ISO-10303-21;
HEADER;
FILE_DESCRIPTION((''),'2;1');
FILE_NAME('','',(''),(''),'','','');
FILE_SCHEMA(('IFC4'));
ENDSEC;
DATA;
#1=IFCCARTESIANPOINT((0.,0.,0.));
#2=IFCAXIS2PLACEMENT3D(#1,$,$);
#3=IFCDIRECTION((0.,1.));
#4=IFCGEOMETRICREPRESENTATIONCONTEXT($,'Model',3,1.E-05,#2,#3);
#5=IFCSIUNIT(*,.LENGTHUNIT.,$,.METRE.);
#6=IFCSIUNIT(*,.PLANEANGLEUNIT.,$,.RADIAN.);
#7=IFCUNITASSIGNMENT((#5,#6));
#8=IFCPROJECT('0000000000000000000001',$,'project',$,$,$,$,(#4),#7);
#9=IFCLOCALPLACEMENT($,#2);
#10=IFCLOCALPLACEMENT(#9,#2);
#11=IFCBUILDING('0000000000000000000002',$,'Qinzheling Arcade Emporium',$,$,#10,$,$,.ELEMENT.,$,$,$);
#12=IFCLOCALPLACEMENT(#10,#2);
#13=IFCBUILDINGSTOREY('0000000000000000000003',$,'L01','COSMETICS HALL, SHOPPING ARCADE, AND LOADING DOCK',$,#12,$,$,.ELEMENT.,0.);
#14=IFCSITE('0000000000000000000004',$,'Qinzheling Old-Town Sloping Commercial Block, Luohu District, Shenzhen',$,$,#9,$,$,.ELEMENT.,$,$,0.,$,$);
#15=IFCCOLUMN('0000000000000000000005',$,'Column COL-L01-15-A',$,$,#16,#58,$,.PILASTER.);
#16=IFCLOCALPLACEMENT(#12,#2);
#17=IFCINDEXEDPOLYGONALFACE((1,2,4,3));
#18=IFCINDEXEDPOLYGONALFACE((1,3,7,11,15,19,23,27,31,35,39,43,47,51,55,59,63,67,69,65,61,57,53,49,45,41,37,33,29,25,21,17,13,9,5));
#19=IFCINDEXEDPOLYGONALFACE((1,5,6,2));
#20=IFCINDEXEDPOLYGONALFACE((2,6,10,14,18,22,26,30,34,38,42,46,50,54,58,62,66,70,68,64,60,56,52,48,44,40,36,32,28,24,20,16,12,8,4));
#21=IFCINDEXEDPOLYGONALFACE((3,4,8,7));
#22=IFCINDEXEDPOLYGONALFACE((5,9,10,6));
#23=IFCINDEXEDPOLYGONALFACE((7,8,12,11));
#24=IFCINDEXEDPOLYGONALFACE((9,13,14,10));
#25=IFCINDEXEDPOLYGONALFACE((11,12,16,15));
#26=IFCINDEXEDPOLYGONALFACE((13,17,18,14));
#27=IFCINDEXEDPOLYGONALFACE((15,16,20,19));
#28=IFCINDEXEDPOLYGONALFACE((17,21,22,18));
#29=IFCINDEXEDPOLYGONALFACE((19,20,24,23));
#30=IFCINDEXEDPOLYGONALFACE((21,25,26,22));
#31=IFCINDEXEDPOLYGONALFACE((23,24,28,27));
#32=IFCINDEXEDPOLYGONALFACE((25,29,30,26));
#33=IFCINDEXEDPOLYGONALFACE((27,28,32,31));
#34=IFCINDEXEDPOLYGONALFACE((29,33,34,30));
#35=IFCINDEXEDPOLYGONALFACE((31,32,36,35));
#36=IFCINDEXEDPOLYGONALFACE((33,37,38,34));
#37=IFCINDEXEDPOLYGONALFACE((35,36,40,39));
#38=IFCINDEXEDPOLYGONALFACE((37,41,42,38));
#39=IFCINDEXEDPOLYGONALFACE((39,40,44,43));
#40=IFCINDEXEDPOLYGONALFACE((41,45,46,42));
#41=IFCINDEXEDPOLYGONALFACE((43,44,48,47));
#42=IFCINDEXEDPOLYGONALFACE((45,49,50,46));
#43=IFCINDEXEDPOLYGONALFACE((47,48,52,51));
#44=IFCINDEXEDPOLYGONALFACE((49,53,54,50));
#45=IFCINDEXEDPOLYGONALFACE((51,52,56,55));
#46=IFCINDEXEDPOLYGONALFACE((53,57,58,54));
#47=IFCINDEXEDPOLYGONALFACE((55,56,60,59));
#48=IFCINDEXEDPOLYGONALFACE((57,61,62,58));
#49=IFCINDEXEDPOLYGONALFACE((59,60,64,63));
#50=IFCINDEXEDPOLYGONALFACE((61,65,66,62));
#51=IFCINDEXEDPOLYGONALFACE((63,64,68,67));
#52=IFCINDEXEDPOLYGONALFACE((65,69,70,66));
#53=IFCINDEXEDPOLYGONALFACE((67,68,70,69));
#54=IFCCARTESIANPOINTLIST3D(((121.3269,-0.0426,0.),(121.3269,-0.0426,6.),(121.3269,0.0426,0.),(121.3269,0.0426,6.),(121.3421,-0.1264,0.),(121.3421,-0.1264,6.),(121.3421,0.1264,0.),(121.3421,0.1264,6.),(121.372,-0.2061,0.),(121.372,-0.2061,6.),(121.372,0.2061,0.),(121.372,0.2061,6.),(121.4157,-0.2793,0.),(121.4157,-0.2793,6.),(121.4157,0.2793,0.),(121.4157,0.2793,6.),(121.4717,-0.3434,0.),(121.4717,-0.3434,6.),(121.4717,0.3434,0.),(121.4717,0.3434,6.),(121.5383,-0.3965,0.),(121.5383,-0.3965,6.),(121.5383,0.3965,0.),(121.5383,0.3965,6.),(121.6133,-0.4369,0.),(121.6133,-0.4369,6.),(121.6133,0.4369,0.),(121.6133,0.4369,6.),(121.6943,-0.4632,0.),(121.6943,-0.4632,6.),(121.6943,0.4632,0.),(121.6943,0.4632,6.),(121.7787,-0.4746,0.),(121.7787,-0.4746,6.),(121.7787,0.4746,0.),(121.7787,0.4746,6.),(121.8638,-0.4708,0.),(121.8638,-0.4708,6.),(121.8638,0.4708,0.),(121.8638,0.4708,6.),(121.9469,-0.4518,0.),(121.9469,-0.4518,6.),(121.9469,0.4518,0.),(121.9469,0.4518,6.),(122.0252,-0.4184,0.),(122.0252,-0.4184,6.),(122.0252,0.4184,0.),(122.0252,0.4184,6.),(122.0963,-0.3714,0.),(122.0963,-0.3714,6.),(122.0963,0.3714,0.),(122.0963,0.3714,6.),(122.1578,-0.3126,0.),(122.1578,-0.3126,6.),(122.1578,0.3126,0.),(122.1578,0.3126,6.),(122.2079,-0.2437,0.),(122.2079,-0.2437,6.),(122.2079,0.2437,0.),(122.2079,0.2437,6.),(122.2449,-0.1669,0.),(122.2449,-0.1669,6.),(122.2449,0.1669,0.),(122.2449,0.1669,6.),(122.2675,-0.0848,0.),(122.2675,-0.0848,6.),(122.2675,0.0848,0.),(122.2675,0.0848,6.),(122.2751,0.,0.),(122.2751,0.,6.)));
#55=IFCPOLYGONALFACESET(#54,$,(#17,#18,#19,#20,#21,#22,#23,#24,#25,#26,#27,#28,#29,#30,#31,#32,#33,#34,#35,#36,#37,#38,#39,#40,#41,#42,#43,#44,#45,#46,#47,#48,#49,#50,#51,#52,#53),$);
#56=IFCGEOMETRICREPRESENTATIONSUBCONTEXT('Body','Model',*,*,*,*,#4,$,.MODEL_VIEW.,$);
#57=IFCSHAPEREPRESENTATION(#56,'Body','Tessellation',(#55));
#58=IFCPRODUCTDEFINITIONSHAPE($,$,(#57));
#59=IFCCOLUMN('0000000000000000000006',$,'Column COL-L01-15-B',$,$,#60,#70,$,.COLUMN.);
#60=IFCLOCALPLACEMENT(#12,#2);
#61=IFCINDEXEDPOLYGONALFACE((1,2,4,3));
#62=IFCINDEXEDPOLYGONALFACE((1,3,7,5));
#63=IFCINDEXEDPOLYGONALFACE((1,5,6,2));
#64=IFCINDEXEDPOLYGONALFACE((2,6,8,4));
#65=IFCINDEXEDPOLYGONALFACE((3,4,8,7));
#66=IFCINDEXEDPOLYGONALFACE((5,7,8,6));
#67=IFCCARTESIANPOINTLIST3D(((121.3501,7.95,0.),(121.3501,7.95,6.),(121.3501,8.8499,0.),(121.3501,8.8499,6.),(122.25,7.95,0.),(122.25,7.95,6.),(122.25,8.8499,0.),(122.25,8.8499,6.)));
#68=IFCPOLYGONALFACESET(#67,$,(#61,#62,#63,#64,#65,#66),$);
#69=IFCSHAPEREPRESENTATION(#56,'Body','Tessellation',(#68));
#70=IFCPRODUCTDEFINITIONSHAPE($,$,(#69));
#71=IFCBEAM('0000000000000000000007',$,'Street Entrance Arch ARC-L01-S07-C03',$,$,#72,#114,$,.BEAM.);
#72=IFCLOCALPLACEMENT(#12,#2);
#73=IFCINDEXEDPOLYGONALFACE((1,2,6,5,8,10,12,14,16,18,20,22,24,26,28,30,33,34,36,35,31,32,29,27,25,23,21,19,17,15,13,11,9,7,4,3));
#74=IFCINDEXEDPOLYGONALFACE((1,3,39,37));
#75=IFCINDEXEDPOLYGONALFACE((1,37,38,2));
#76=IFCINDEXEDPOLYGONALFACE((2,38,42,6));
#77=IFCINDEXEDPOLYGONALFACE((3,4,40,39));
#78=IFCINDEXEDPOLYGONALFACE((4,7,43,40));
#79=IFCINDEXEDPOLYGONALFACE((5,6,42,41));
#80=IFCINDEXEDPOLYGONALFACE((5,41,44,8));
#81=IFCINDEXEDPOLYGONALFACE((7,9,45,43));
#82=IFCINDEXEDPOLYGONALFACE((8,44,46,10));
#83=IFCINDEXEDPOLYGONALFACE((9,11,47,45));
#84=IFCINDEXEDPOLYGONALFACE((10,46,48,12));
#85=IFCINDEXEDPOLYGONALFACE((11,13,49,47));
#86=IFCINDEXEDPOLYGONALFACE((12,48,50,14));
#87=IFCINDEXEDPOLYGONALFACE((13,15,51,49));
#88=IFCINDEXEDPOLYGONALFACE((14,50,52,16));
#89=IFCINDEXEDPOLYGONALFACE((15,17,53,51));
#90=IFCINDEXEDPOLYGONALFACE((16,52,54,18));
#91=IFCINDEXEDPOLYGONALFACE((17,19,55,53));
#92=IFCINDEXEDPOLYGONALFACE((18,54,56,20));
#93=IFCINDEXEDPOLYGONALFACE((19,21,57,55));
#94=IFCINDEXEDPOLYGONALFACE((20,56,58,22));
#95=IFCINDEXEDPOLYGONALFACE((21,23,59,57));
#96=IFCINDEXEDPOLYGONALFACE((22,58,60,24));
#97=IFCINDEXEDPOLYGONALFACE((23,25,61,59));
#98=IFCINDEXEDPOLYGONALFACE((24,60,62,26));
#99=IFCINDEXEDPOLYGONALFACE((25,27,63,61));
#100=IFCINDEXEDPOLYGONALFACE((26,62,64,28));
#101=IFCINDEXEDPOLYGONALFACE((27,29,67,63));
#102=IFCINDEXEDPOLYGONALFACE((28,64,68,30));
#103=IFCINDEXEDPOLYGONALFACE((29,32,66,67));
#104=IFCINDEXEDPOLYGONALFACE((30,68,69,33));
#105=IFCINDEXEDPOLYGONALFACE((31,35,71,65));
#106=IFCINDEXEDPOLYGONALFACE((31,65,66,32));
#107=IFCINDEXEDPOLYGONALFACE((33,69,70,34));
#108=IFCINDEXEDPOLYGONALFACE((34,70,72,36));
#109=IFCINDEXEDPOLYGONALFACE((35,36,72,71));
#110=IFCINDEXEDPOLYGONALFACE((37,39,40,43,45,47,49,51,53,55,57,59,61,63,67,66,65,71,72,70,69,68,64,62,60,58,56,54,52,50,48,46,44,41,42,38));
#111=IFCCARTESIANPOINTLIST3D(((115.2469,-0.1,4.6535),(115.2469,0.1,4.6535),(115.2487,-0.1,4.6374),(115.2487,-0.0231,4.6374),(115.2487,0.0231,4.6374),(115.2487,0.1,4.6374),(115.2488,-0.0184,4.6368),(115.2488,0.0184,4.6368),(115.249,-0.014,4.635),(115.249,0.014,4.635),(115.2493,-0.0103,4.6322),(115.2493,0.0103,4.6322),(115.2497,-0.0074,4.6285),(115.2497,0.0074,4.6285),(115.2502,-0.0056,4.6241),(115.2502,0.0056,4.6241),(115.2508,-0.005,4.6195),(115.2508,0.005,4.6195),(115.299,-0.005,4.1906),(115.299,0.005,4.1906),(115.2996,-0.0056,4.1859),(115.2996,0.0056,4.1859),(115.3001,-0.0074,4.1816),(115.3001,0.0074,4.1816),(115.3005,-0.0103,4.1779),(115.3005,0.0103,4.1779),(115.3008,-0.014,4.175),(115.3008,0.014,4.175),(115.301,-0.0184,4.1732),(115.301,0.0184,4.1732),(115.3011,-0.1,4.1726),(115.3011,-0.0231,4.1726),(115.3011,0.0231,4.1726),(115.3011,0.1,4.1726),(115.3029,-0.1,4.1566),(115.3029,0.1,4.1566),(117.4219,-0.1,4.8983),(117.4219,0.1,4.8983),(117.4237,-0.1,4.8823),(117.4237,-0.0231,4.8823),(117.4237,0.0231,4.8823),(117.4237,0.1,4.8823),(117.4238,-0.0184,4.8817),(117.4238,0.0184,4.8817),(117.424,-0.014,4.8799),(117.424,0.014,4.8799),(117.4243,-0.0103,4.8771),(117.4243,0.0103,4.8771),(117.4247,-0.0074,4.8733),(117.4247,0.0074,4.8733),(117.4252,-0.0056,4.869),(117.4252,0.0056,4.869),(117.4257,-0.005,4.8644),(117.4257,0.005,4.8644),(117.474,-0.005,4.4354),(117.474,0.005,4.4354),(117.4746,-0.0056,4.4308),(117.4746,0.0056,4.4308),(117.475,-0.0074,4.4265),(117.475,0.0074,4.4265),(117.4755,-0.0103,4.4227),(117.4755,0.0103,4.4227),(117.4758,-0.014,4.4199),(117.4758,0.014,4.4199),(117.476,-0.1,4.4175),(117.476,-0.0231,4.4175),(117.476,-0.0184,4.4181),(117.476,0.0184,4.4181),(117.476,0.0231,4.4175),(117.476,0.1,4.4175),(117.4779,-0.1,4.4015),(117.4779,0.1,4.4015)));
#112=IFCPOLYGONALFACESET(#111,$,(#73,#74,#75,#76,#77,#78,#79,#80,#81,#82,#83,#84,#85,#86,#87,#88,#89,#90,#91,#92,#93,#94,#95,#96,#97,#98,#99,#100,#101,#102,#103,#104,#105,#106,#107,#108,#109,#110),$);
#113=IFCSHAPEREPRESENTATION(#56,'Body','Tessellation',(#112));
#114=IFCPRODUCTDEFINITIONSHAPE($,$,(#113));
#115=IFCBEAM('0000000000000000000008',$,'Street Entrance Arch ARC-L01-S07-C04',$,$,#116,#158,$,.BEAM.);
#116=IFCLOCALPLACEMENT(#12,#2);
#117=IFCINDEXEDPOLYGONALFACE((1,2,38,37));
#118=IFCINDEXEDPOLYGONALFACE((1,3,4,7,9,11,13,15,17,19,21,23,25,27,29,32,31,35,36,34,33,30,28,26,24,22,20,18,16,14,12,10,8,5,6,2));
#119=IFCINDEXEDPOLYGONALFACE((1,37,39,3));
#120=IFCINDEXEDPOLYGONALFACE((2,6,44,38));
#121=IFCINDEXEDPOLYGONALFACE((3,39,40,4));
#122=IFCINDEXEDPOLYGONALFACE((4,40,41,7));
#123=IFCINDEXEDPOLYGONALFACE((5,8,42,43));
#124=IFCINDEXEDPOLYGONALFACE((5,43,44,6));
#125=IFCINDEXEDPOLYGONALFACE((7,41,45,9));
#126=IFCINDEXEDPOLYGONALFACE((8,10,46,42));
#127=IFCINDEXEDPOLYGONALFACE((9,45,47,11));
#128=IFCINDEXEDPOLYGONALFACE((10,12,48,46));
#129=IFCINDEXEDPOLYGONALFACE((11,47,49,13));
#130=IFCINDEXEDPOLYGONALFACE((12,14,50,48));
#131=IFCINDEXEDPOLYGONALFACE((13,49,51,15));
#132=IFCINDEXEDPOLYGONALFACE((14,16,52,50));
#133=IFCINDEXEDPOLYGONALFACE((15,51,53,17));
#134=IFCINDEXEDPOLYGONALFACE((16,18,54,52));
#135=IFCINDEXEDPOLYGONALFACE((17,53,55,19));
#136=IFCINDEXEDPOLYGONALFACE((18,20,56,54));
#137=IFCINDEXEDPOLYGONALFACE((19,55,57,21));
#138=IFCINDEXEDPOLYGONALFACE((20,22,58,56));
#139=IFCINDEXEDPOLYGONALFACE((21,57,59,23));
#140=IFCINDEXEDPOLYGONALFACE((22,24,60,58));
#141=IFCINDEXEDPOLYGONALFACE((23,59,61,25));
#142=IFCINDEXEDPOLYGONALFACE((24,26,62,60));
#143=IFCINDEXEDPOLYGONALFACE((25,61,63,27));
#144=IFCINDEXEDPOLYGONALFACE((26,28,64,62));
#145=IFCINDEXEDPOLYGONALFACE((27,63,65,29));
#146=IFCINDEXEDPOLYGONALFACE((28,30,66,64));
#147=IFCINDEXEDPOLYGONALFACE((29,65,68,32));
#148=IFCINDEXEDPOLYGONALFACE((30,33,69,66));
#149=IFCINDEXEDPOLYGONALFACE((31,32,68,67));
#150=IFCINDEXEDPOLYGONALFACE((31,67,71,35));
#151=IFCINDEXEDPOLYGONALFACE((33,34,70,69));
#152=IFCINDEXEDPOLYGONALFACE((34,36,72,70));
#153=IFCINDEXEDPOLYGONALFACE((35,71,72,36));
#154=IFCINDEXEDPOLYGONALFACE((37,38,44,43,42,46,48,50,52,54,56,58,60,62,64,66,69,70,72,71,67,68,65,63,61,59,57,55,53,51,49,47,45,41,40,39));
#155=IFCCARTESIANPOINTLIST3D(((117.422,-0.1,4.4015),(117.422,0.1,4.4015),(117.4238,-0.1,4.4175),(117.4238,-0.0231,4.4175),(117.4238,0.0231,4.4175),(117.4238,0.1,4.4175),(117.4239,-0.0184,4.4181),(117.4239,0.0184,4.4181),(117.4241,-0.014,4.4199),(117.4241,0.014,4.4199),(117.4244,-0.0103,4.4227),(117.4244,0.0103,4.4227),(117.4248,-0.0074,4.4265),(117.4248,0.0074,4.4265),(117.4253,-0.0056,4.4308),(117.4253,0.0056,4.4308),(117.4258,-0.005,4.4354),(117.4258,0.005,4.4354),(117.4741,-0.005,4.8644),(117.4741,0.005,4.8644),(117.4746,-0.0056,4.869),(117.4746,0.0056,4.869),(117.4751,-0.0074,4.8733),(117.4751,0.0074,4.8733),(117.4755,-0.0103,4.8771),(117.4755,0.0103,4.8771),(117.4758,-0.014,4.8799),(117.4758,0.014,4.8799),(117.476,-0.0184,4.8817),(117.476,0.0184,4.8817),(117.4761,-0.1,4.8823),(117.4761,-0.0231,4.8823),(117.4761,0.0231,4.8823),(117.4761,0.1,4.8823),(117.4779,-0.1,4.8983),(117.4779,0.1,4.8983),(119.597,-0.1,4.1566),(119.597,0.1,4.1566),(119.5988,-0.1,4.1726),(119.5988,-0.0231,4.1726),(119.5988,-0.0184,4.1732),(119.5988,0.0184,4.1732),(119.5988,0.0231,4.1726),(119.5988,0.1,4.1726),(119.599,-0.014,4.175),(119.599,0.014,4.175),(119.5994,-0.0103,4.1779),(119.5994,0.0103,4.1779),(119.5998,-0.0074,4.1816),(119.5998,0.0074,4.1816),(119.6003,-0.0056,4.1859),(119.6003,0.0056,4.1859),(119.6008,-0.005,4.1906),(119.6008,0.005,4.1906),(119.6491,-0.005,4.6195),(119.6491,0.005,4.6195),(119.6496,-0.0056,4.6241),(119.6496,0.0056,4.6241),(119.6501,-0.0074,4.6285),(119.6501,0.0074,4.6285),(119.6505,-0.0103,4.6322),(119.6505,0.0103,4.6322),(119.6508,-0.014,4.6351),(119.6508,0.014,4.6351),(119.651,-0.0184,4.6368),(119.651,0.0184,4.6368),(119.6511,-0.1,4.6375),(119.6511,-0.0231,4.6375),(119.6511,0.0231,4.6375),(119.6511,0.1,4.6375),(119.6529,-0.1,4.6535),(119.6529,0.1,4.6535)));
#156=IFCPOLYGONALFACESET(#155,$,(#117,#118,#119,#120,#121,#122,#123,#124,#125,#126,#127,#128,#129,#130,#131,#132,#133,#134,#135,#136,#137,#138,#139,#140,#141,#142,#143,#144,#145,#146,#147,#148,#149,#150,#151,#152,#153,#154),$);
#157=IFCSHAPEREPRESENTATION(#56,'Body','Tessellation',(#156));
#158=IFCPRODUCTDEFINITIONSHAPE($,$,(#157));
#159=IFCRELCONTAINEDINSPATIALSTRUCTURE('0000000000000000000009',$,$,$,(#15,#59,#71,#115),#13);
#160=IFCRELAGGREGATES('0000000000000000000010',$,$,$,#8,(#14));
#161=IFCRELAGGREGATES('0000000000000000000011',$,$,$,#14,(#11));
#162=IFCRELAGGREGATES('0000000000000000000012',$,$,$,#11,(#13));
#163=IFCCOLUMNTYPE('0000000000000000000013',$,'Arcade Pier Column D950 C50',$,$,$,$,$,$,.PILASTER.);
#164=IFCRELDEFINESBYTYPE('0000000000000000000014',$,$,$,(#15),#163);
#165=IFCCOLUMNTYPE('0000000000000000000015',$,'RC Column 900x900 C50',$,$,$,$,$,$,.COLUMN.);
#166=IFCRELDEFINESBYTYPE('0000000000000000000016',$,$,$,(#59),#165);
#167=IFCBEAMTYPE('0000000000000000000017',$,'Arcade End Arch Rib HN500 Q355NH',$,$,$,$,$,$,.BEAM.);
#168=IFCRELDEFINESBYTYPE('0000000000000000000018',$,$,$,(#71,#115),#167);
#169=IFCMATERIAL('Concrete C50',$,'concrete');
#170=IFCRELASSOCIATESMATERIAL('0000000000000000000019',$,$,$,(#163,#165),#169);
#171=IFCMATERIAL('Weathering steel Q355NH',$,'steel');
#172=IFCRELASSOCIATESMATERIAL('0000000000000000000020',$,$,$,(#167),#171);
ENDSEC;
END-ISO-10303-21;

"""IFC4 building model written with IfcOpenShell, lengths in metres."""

from ifc_helpers import new_model, si_unit, direction, frame, origin, origin_2d, place, context, subcontext, project, spatial, rectangle, circle, i_section, extrude, material, material_profile, profile_set, type_object, element, save


model = new_model("IFC4")

# Units and contexts
model_context = context("Model", 3, precision=1e-05, world=origin(), true_north=direction((0.0, 1.0)))
body_context = subcontext(model_context, "Body", "Model", "MODEL_VIEW")
ifc_project = project(units=[si_unit("LENGTHUNIT", "METRE"), si_unit("PLANEANGLEUNIT", "RADIAN")], contexts=[model_context])

# Site, building, storey
site_placement = place(None, origin())
site = spatial("IfcSite", under=ifc_project, at=site_placement, Name="Qinzheling Old-Town Sloping Commercial Block, Luohu District, Shenzhen", CompositionType="ELEMENT", RefElevation=0.0)
building_placement = place(site_placement, origin())
building = spatial("IfcBuilding", under=site, at=building_placement, Name="Qinzheling Arcade Emporium", CompositionType="ELEMENT")
storey_placement = place(building_placement, origin())
storey = spatial("IfcBuildingStorey", under=building, at=storey_placement, Name="L01", Description="COSMETICS HALL, SHOPPING ARCADE, AND LOADING DOCK", CompositionType="ELEMENT", Elevation=0.0)

# Columns
ifc_material_1 = material(Name="Concrete C50", Category="concrete")
ifc_material_profile_1 = material_profile(ifc_material_1, circle(Radius=0.4751, at=origin_2d()), Name="RC D950", Category="concrete")
ifc_profile_set_1 = profile_set([ifc_material_profile_1], Name="Concrete C50")
column_type_1 = type_object("IfcColumnType", Name="Arcade Pier Column D950 C50", PredefinedType="PILASTER", material=ifc_profile_set_1)
column_1_placement = place(storey_placement, frame((121.8, 0.0, 0.0), z_axis=(0.0, 0.0, 1.0), x_axis=(1.0, 0.0, 0.0)))
element("IfcColumn", 1, at=column_1_placement, inside=storey, type_object=column_type_1, Name="Column COL-L01-15-A", PredefinedType="PILASTER", context=body_context, shape_type="SweptSolid", body=[
    extrude(circle(Radius=0.4751, at=origin_2d()), origin(), (0.0, 0.0, 1.0), 6.0),
])
ifc_material_profile_2 = material_profile(ifc_material_1, rectangle(XDim=0.8999, YDim=0.8999, at=origin_2d()), Name="RC 900x900", Category="concrete")
ifc_profile_set_2 = profile_set([ifc_material_profile_2], Name="Concrete C50")
column_type_2 = type_object("IfcColumnType", Name="RC Column 900x900 C50", PredefinedType="COLUMN", material=ifc_profile_set_2)
column_2_placement = place(storey_placement, frame((121.8, 8.3999, 0.0), z_axis=(0.0, 0.0, 1.0), x_axis=(1.0, 0.0, 0.0)))
element("IfcColumn", 2, at=column_2_placement, inside=storey, type_object=column_type_2, Name="Column COL-L01-15-B", PredefinedType="COLUMN", context=body_context, shape_type="SweptSolid", body=[
    extrude(rectangle(XDim=0.8999, YDim=0.8999, at=origin_2d()), origin(), (0.0, 0.0, 1.0), 6.0),
])

# Beams
ifc_material_2 = material(Name="Weathering steel Q355NH", Category="steel")
ifc_material_profile_3 = material_profile(ifc_material_2, i_section(OverallWidth=0.2, OverallDepth=0.5, WebThickness=0.01, FlangeThickness=0.0161, FilletRadius=0.0181, at=origin_2d()), Name="HN 500x200x10x16", Category="steel")
ifc_profile_set_3 = profile_set([ifc_material_profile_3], Name="Weathering steel Q355NH")
beam_type_1 = type_object("IfcBeamType", Name="Arcade End Arch Rib HN500 Q355NH", PredefinedType="BEAM", material=ifc_profile_set_3)
for number, where, z_axis, x_axis, name in (
    (3, (115.2749, 0.0, 4.405), (0.993722, 0.0, 0.111876), (0.0, 1.0, 0.0), "Street Entrance Arch ARC-L01-S07-C03"),
    (4, (117.45, 0.0, 4.6499), (0.993722, 0.0, -0.111876), (0.0, 1.0, 0.0), "Street Entrance Arch ARC-L01-S07-C04"),
):
    element("IfcBeam", number, at=place(storey_placement, frame(where, z_axis=z_axis, x_axis=x_axis)), inside=storey, type_object=beam_type_1, Name=name, PredefinedType="BEAM", context=body_context, shape_type="SweptSolid", body=[
        extrude(i_section(OverallWidth=0.2, OverallDepth=0.5, WebThickness=0.01, FlangeThickness=0.0161, FilletRadius=0.0181, at=origin_2d()), origin(), (0.0, 0.0, 1.0), 2.1887),
    ])

save(model, "model.ifc")
